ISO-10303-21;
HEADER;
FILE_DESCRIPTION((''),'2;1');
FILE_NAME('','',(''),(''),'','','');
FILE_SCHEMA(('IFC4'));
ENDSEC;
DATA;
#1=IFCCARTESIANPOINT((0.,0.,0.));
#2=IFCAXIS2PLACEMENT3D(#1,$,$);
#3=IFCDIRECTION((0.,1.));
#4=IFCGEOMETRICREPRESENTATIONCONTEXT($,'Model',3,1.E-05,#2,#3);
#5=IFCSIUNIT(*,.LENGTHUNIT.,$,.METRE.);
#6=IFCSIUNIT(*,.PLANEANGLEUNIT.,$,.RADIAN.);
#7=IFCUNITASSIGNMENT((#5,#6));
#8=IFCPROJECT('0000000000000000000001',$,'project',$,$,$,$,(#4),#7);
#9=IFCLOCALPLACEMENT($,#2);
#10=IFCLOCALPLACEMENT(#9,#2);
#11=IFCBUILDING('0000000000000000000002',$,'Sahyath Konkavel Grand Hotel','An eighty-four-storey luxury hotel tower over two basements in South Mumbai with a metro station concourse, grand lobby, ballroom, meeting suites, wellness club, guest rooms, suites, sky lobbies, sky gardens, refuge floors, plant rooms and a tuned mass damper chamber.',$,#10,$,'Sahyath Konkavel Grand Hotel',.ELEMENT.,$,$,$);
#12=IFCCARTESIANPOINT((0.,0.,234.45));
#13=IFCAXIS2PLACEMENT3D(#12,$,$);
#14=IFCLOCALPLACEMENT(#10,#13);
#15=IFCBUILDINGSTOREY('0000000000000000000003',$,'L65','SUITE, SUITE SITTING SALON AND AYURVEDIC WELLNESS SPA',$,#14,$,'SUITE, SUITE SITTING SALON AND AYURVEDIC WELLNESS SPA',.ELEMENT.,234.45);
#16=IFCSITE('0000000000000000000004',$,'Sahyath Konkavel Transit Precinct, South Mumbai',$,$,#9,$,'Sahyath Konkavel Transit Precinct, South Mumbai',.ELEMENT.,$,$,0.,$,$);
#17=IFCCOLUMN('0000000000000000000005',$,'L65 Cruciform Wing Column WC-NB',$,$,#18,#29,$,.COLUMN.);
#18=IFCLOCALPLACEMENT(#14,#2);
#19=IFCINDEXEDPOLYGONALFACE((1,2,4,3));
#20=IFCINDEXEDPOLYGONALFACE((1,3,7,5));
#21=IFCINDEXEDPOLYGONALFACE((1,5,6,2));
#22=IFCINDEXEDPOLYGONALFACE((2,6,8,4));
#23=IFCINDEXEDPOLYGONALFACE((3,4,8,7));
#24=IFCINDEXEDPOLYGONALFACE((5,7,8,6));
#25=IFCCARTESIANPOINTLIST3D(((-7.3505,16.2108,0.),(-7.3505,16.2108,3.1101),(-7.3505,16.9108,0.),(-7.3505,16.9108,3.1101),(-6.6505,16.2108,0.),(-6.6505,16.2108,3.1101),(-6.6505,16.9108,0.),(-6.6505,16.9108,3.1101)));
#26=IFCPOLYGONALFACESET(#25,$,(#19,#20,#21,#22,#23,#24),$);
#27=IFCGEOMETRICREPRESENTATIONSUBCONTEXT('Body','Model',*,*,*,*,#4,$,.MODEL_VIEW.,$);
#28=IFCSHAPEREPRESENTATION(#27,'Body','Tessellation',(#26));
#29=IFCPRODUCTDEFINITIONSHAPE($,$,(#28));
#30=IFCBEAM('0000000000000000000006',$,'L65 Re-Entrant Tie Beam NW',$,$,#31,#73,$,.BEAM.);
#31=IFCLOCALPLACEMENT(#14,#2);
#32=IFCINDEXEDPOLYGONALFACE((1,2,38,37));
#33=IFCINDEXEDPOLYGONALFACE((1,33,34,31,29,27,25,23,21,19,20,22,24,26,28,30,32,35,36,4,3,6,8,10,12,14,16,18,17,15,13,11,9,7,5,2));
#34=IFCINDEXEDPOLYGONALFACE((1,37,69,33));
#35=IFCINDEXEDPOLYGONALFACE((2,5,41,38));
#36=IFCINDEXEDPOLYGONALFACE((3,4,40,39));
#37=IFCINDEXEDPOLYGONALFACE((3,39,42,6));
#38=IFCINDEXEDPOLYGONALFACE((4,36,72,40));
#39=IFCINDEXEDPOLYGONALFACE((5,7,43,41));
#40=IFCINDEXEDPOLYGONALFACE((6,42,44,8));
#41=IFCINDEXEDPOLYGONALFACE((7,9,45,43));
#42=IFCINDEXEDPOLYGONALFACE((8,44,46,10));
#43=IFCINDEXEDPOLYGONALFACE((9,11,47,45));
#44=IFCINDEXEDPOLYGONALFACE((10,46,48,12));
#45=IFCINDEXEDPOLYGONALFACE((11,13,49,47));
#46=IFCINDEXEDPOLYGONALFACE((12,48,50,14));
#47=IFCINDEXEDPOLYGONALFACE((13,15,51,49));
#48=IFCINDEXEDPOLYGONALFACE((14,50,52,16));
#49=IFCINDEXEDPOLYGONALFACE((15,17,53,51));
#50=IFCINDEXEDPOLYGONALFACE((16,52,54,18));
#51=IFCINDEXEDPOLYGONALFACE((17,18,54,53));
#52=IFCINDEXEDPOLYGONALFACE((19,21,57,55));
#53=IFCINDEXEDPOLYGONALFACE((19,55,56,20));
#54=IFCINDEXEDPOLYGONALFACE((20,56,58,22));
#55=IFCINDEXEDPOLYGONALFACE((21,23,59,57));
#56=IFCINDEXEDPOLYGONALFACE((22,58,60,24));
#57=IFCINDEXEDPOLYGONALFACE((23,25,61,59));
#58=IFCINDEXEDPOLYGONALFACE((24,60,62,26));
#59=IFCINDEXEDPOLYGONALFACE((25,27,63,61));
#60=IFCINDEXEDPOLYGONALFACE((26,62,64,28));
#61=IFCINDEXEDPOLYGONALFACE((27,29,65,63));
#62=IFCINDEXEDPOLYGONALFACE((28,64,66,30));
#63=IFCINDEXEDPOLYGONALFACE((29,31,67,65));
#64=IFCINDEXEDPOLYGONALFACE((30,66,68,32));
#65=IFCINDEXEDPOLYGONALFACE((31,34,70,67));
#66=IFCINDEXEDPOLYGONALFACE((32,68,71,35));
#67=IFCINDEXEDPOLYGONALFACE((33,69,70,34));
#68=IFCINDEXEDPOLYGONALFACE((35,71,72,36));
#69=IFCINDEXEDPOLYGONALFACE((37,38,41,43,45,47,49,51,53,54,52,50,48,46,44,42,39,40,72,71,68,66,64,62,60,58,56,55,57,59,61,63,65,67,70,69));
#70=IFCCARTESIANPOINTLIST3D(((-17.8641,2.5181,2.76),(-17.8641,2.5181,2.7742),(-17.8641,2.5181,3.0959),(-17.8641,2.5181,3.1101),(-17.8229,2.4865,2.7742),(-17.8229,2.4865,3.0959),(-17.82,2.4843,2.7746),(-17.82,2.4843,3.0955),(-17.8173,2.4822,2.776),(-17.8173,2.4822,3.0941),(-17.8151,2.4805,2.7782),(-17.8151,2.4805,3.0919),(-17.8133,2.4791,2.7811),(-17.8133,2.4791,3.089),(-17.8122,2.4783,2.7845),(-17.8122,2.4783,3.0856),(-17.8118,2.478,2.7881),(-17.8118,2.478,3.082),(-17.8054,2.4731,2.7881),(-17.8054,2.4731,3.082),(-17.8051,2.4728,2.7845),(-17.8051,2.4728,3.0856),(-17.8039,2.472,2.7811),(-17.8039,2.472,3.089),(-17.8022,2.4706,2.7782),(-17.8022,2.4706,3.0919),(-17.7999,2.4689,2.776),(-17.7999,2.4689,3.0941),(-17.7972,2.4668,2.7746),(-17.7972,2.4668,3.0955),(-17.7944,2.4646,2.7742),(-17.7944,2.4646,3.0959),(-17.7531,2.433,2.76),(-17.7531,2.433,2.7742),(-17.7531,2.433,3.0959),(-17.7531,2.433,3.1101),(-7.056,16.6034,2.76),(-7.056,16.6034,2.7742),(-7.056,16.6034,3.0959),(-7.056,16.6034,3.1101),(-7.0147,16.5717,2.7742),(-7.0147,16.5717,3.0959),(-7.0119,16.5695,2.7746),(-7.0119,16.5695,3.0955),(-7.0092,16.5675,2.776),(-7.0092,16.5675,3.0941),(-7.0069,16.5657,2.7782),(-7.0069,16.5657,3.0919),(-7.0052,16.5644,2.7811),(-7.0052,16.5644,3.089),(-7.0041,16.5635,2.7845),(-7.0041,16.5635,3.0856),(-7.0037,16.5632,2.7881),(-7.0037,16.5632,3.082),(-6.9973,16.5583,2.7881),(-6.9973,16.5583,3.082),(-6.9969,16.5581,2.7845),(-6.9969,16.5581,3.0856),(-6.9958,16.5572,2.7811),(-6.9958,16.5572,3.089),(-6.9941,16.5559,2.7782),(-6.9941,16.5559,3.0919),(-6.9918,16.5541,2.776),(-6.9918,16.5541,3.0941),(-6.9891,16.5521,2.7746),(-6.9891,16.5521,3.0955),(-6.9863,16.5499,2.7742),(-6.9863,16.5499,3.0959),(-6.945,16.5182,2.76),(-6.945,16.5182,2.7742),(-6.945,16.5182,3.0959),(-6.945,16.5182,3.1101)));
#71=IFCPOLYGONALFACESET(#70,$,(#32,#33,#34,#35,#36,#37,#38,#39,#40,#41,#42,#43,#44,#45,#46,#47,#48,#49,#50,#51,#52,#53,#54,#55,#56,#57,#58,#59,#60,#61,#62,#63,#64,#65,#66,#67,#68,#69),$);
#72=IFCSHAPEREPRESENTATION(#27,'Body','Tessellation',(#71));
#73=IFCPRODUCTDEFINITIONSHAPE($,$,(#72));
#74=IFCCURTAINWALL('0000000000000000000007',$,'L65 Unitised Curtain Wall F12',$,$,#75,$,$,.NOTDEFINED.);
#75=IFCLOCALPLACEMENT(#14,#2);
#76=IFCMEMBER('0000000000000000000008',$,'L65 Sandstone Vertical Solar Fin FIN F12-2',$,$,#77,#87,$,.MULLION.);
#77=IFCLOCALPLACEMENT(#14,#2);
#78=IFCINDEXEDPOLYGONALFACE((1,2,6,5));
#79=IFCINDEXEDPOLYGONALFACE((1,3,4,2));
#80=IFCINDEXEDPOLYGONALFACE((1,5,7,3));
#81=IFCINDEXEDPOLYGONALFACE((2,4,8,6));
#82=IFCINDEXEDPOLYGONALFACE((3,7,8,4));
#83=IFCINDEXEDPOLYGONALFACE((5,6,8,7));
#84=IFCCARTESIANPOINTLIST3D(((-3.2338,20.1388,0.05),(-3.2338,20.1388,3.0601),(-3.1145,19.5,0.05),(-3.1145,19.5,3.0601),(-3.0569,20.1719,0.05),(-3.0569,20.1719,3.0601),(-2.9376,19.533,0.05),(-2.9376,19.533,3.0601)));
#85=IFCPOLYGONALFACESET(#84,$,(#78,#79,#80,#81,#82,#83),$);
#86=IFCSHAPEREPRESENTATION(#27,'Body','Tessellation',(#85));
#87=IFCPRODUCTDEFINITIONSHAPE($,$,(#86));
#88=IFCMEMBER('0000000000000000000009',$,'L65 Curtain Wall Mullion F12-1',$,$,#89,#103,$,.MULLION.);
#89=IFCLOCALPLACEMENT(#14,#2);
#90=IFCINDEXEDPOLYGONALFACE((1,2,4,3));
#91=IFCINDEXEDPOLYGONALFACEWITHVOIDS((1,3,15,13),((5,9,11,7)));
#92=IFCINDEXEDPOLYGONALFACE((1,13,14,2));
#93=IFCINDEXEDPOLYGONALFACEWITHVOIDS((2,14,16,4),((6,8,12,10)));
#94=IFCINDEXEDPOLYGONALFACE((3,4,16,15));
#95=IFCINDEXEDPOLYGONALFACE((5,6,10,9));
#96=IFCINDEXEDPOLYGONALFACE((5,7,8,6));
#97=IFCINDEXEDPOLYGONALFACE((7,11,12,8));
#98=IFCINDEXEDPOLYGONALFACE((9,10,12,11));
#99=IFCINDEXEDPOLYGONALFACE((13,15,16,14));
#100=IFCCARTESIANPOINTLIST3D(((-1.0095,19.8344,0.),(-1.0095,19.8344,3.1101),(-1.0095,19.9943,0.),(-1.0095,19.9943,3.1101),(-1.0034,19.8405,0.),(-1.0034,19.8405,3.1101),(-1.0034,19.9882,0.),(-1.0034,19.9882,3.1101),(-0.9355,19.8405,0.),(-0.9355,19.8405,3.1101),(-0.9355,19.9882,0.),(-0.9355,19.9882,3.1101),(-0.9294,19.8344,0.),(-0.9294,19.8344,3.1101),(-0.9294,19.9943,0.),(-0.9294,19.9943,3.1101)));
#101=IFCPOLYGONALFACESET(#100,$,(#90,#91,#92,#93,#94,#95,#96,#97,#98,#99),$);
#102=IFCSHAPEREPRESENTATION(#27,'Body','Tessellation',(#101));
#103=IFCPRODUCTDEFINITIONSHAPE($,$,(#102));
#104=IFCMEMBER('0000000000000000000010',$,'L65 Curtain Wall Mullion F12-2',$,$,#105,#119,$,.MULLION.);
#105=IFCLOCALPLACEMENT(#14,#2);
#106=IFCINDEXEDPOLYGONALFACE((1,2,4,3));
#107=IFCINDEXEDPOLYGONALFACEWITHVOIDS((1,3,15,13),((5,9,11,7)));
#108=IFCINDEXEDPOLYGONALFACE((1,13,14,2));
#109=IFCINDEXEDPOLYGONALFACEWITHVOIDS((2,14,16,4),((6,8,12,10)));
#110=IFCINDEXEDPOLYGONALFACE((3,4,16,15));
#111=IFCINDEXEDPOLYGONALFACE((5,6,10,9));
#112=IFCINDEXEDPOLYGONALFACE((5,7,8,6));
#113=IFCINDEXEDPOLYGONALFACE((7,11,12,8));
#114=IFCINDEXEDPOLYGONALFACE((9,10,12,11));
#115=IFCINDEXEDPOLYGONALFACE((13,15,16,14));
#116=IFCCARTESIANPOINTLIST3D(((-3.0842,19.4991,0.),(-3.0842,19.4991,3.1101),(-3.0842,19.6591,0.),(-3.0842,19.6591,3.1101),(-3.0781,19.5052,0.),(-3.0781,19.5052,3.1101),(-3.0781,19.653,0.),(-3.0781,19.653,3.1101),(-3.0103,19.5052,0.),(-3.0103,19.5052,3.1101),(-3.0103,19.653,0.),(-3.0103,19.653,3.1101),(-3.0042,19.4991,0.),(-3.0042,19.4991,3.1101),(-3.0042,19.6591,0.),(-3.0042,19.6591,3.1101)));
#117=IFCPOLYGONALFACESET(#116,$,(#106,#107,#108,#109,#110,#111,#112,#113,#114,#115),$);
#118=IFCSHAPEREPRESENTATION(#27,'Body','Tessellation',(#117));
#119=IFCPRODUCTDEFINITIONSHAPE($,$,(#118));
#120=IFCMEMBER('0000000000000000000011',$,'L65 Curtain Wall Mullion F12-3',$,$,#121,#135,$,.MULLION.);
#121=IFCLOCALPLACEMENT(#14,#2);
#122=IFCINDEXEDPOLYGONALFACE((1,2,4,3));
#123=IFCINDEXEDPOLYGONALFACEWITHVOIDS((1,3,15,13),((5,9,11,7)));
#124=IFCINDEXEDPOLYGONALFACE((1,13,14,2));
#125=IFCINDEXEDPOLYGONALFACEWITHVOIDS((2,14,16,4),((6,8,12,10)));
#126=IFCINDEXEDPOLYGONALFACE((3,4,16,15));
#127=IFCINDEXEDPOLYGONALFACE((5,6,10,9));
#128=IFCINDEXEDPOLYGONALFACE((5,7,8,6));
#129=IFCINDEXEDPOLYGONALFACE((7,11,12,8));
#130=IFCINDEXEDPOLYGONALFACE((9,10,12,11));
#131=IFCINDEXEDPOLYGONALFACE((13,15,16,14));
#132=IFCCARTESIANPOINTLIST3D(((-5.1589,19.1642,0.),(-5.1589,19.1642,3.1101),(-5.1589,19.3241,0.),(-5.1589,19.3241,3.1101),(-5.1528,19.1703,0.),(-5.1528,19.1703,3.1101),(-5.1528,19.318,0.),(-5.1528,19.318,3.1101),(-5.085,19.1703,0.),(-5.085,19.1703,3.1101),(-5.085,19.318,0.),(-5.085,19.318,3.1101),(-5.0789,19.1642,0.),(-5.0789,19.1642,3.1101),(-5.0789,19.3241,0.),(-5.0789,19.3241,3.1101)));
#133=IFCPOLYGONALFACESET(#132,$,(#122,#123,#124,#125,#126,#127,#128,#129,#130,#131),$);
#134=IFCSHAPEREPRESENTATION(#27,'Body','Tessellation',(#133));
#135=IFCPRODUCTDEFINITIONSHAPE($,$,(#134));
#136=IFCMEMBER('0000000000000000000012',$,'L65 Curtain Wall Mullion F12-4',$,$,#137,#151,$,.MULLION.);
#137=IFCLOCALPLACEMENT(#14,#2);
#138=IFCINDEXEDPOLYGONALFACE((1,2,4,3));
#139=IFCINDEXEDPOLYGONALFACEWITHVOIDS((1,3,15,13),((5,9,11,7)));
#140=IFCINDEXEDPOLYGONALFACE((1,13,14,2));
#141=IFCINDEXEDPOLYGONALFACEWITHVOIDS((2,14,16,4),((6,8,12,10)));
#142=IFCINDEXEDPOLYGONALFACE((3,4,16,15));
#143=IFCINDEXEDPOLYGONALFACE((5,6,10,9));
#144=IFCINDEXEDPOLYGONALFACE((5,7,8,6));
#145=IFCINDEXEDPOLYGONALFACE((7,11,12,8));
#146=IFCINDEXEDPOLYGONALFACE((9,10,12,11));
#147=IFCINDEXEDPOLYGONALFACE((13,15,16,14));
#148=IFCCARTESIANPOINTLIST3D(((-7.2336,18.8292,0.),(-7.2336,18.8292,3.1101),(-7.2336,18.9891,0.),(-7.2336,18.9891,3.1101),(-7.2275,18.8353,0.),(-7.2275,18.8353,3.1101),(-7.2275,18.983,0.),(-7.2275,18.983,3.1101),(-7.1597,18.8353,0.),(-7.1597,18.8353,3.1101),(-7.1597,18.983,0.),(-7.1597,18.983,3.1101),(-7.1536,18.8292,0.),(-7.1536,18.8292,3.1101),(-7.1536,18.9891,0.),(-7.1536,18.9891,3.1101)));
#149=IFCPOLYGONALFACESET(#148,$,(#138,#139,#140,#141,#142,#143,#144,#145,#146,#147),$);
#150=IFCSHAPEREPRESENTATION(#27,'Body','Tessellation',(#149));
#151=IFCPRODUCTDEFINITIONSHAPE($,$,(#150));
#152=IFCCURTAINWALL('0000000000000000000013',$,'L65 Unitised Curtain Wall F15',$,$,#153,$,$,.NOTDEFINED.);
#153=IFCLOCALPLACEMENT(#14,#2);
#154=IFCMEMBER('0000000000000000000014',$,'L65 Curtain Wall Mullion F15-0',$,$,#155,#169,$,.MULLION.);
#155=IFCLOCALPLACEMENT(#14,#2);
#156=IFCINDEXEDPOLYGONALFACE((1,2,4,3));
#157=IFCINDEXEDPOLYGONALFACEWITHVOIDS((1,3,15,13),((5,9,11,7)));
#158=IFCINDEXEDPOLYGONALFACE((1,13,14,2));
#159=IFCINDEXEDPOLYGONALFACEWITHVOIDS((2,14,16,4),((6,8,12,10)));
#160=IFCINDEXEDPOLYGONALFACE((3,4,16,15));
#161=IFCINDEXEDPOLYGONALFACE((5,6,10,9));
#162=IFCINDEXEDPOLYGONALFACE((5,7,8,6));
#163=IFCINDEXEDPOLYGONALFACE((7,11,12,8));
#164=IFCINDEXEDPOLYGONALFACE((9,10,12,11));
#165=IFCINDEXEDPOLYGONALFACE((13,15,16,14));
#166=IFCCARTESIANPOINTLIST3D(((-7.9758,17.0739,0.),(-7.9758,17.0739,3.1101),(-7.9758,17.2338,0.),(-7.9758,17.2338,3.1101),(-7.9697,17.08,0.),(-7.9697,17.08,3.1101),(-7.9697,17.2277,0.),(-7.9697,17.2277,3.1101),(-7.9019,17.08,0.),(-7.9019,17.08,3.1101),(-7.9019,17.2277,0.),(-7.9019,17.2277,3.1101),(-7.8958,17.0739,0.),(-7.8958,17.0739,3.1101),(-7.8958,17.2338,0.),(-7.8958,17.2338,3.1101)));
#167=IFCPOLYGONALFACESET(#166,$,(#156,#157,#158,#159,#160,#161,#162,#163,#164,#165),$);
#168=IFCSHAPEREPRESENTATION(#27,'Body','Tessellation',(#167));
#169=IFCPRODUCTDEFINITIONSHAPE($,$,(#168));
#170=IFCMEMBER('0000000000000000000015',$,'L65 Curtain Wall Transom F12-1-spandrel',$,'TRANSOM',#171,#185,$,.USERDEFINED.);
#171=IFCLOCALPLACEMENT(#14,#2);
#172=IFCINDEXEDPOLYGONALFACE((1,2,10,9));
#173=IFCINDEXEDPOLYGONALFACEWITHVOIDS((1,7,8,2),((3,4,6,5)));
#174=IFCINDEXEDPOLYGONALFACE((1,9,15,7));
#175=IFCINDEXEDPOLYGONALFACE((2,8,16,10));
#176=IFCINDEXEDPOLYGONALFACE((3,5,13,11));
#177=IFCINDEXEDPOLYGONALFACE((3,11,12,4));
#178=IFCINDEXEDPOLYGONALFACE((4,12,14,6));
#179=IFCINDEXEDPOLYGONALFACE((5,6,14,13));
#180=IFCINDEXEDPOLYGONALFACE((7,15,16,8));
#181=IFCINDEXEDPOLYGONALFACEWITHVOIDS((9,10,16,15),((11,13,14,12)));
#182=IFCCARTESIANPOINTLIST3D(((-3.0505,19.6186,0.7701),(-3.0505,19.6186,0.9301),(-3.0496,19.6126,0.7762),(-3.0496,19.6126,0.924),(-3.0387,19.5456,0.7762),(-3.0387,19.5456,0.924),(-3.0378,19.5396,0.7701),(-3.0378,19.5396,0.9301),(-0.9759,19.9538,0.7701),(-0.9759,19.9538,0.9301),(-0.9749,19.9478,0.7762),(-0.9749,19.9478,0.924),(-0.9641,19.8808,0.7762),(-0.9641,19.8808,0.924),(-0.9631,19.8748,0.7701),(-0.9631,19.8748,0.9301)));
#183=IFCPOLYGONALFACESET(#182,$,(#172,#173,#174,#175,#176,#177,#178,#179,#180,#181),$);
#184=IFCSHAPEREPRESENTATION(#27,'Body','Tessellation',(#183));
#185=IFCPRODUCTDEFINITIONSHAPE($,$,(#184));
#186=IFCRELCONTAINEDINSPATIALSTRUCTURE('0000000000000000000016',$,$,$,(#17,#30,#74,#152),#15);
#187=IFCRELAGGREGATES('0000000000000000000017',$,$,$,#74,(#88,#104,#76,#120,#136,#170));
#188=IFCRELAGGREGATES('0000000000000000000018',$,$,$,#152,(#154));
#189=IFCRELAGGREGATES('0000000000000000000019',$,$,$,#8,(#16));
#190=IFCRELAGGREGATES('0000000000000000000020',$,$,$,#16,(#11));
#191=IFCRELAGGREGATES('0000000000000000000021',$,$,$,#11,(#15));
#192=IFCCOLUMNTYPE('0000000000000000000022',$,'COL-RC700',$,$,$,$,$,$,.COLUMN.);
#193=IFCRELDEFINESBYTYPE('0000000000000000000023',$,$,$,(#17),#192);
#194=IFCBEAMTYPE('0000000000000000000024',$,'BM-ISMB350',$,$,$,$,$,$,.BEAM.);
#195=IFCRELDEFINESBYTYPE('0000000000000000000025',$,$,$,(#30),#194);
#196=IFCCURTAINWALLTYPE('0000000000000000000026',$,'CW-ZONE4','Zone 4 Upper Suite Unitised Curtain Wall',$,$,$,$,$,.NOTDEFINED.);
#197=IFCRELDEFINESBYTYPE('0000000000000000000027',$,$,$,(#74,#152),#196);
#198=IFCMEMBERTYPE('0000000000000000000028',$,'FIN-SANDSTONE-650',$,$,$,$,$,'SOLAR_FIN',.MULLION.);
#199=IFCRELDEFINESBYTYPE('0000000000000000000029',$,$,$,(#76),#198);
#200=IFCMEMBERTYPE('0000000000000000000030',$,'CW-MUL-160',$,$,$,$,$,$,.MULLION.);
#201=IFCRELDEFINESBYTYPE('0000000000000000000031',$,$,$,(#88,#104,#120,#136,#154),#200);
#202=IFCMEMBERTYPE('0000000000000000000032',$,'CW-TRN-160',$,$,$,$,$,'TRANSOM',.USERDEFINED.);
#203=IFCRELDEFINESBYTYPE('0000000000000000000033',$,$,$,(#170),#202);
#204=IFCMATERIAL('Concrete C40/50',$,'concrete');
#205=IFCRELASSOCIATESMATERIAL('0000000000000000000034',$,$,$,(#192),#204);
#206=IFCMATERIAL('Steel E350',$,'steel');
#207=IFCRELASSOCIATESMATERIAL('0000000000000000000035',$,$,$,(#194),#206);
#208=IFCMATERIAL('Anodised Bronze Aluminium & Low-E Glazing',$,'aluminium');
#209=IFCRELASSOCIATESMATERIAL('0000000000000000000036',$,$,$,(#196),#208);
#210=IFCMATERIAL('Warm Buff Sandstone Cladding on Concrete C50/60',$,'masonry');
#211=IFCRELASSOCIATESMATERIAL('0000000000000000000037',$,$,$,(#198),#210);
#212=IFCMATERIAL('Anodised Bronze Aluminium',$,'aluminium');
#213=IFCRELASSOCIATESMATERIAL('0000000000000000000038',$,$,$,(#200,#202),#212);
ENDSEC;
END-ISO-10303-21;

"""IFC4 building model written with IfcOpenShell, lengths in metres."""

from ifc_helpers import new_model, si_unit, direction, frame, origin, origin_2d, place, context, subcontext, project, spatial, rectangle, hollow_rectangle, i_section, extrude, source, transform, mapped, material, material_profile, profile_set, type_object, element, aggregate, save


model = new_model("IFC4")

# Units and contexts
model_context = context("Model", 3, precision=1e-05, world=origin(), true_north=direction((0.0, 1.0)))
body_context = subcontext(model_context, "Body", "Model", "MODEL_VIEW")
ifc_project = project(units=[si_unit("LENGTHUNIT", "METRE"), si_unit("PLANEANGLEUNIT", "RADIAN")], contexts=[model_context])

# Site, building, storey
site_placement = place(None, origin())
site = spatial("IfcSite", under=ifc_project, at=site_placement, Name="Sahyath Konkavel Transit Precinct, South Mumbai", LongName="Sahyath Konkavel Transit Precinct, South Mumbai", CompositionType="ELEMENT", RefElevation=0.0)
building_placement = place(site_placement, origin())
building = spatial("IfcBuilding", under=site, at=building_placement, Name="Sahyath Konkavel Grand Hotel", Description="An eighty-four-storey luxury hotel tower over two basements in South Mumbai with a metro station concourse, grand lobby, ballroom, meeting suites, wellness club, guest rooms, suites, sky lobbies, sky gardens, refuge floors, plant rooms and a tuned mass damper chamber.", LongName="Sahyath Konkavel Grand Hotel", CompositionType="ELEMENT")
storey_placement = place(building_placement, frame((0.0, 0.0, 234.45)))
storey = spatial("IfcBuildingStorey", under=building, at=storey_placement, Name="L65", Description="SUITE, SUITE SITTING SALON AND AYURVEDIC WELLNESS SPA", LongName="SUITE, SUITE SITTING SALON AND AYURVEDIC WELLNESS SPA", CompositionType="ELEMENT", Elevation=234.45)

# Column
ifc_material_1 = material(Name="Concrete C40/50", Category="concrete")
ifc_material_profile_1 = material_profile(ifc_material_1, rectangle(XDim=0.7, YDim=0.7, at=origin_2d()), Name="RC 700x700")
ifc_profile_set_1 = profile_set([ifc_material_profile_1], Name="Concrete C40/50")
column_type = type_object("IfcColumnType", Name="COL-RC700", PredefinedType="COLUMN", material=ifc_profile_set_1)
shared_shape_1 = source(origin(), body_context, "Body", "SweptSolid", [
    extrude(rectangle(XDim=0.7, YDim=0.7, at=origin_2d()), origin(), (0.0, 0.0, 1.0), 3.1101),
])
column_placement = place(storey_placement, frame((-7.0005, 16.5608, 0.0), z_axis=(0.0, 0.0, 1.0), x_axis=(1.0, 0.0, 0.0)))
element("IfcColumn", 1, at=column_placement, inside=storey, type_object=column_type, Name="L65 Cruciform Wing Column WC-NB", PredefinedType="COLUMN", context=body_context, shape_type="MappedRepresentation", body=[
    mapped(shared_shape_1, transform((0.0, 0.0, 0.0), scale=1.0)),
])

# Beam
ifc_material_2 = material(Name="Steel E350", Category="steel")
ifc_material_profile_2 = material_profile(ifc_material_2, i_section(OverallWidth=0.1399, OverallDepth=0.3501, WebThickness=0.0081, FlangeThickness=0.0142, FilletRadius=0.0139, at=origin_2d()), Name="ISMB 350")
ifc_profile_set_2 = profile_set([ifc_material_profile_2], Name="Steel E350")
beam_type = type_object("IfcBeamType", Name="BM-ISMB350", PredefinedType="BEAM", material=ifc_profile_set_2)
shared_shape_2 = source(origin(), body_context, "Body", "SweptSolid", [
    extrude(i_section(OverallWidth=0.1399, OverallDepth=0.3501, WebThickness=0.0081, FlangeThickness=0.0142, FilletRadius=0.0139, at=origin_2d()), origin(), (0.0, 0.0, 1.0), 17.7542),
])
beam_placement = place(storey_placement, frame((-7.0005, 16.5608, 2.9351), z_axis=(-0.608767, -0.793349, 0.0), x_axis=(0.793349, -0.608767, 0.0)))
element("IfcBeam", 2, at=beam_placement, inside=storey, type_object=beam_type, Name="L65 Re-Entrant Tie Beam NW", PredefinedType="BEAM", context=body_context, shape_type="MappedRepresentation", body=[
    mapped(shared_shape_2, transform((0.0, 0.0, 0.0), scale=1.0)),
])

# Curtain wall, members
ifc_material_3 = material(Name="Anodised Bronze Aluminium & Low-E Glazing", Category="aluminium")
curtain_wall_type = type_object("IfcCurtainWallType", Name="CW-ZONE4", Description="Zone 4 Upper Suite Unitised Curtain Wall", PredefinedType="NOTDEFINED", material=ifc_material_3)
curtain_wall_1_placement = place(storey_placement, origin())
curtain_wall_1 = element("IfcCurtainWall", 3, at=curtain_wall_1_placement, inside=storey, type_object=curtain_wall_type, Name="L65 Unitised Curtain Wall F12", PredefinedType="NOTDEFINED")
ifc_material_4 = material(Name="Warm Buff Sandstone Cladding on Concrete C50/60", Category="masonry")
ifc_material_profile_3 = material_profile(ifc_material_4, rectangle(XDim=0.1799, YDim=0.6499, at=origin_2d()), Name="FIN 180x650")
ifc_profile_set_3 = profile_set([ifc_material_profile_3], Name="Warm Buff Sandstone Cladding on Concrete C50/60")
member_type_1 = type_object("IfcMemberType", Name="FIN-SANDSTONE-650", ElementType="SOLAR_FIN", PredefinedType="MULLION", material=ifc_profile_set_3)
shared_shape_3 = source(origin(), body_context, "Body", "SweptSolid", [
    extrude(rectangle(XDim=0.1799, YDim=0.6499, at=origin_2d()), origin(), (0.0, 0.0, 1.0), 3.01),
])
member_1_placement = place(storey_placement, frame((-3.0857, 19.8359, 0.05), z_axis=(0.0, 0.0, 1.0), x_axis=(0.983, 0.183608, 0.0)))
member_1 = element("IfcMember", 4, at=member_1_placement, type_object=member_type_1, Name="L65 Sandstone Vertical Solar Fin FIN F12-2", PredefinedType="MULLION", context=body_context, shape_type="MappedRepresentation", body=[
    mapped(shared_shape_3, transform((0.0, 0.0, 0.0), scale=1.0)),
])
ifc_material_5 = material(Name="Anodised Bronze Aluminium", Category="aluminium")
ifc_material_profile_4 = material_profile(ifc_material_5, hollow_rectangle(XDim=0.0801, YDim=0.1599, WallThickness=0.0061, at=origin_2d()), Name="RHS 160x80x6")
ifc_profile_set_4 = profile_set([ifc_material_profile_4], Name="Anodised Bronze Aluminium")
member_type_2 = type_object("IfcMemberType", Name="CW-MUL-160", PredefinedType="MULLION", material=ifc_profile_set_4)
shared_shape_4 = source(origin(), body_context, "Body", "SweptSolid", [
    extrude(hollow_rectangle(XDim=0.0801, YDim=0.1599, WallThickness=0.0061, at=origin_2d()), origin(), (0.0, 0.0, 1.0), 3.1101),
])
member_2_placement = place(storey_placement, frame((-0.9695, 19.9143, 0.0), z_axis=(0.0, 0.0, 1.0), x_axis=(1.0, 0.0, 0.0)))
member_2 = element("IfcMember", 5, at=member_2_placement, type_object=member_type_2, Name="L65 Curtain Wall Mullion F12-1", PredefinedType="MULLION", context=body_context, shape_type="MappedRepresentation", body=[
    mapped(shared_shape_4, transform((0.0, 0.0, 0.0), scale=1.0)),
])
member_3_placement = place(storey_placement, frame((-3.0442, 19.5791, 0.0), z_axis=(0.0, 0.0, 1.0), x_axis=(1.0, 0.0, 0.0)))
member_3 = element("IfcMember", 6, at=member_3_placement, type_object=member_type_2, Name="L65 Curtain Wall Mullion F12-2", PredefinedType="MULLION", context=body_context, shape_type="MappedRepresentation", body=[
    mapped(shared_shape_4, transform((0.0, 0.0, 0.0), scale=1.0)),
])
member_4_placement = place(storey_placement, frame((-5.1189, 19.2441, 0.0), z_axis=(0.0, 0.0, 1.0), x_axis=(1.0, 0.0, 0.0)))
member_4 = element("IfcMember", 7, at=member_4_placement, type_object=member_type_2, Name="L65 Curtain Wall Mullion F12-3", PredefinedType="MULLION", context=body_context, shape_type="MappedRepresentation", body=[
    mapped(shared_shape_4, transform((0.0, 0.0, 0.0), scale=1.0)),
])
member_5_placement = place(storey_placement, frame((-7.1936, 18.9092, 0.0), z_axis=(0.0, 0.0, 1.0), x_axis=(1.0, 0.0, 0.0)))
member_5 = element("IfcMember", 8, at=member_5_placement, type_object=member_type_2, Name="L65 Curtain Wall Mullion F12-4", PredefinedType="MULLION", context=body_context, shape_type="MappedRepresentation", body=[
    mapped(shared_shape_4, transform((0.0, 0.0, 0.0), scale=1.0)),
])

# Curtain wall, member
curtain_wall_2_placement = place(storey_placement, origin())
curtain_wall_2 = element("IfcCurtainWall", 9, at=curtain_wall_2_placement, inside=storey, type_object=curtain_wall_type, Name="L65 Unitised Curtain Wall F15", PredefinedType="NOTDEFINED")
member_6_placement = place(storey_placement, frame((-7.9358, 17.1538, 0.0), z_axis=(0.0, 0.0, 1.0), x_axis=(1.0, 0.0, 0.0)))
member_6 = element("IfcMember", 10, at=member_6_placement, type_object=member_type_2, Name="L65 Curtain Wall Mullion F15-0", PredefinedType="MULLION", context=body_context, shape_type="MappedRepresentation", body=[
    mapped(shared_shape_4, transform((0.0, 0.0, 0.0), scale=1.0)),
])

# Member
ifc_material_profile_5 = material_profile(ifc_material_5, hollow_rectangle(XDim=0.0801, YDim=0.1599, WallThickness=0.0061, at=origin_2d()), Name="RHS 160x80x6")
ifc_profile_set_5 = profile_set([ifc_material_profile_5], Name="Anodised Bronze Aluminium")
member_type_3 = type_object("IfcMemberType", Name="CW-TRN-160", ElementType="TRANSOM", PredefinedType="USERDEFINED", material=ifc_profile_set_5)
shared_shape_5 = source(origin(), body_context, "Body", "SweptSolid", [
    extrude(hollow_rectangle(XDim=0.0801, YDim=0.1599, WallThickness=0.0061, at=origin_2d()), origin(), (0.0, 0.0, 1.0), 2.1016),
])
member_7_placement = place(storey_placement, frame((-0.9695, 19.9143, 0.8501), z_axis=(-0.987198, -0.159499, 0.0), x_axis=(0.159499, -0.987198, 0.0)))
member_7 = element("IfcMember", 11, at=member_7_placement, type_object=member_type_3, Name="L65 Curtain Wall Transom F12-1-spandrel", ObjectType="TRANSOM", PredefinedType="USERDEFINED", context=body_context, shape_type="MappedRepresentation", body=[
    mapped(shared_shape_5, transform((0.0, 0.0, 0.0), scale=1.0)),
])

aggregate(curtain_wall_1, [member_2, member_3, member_1, member_4, member_5, member_7])
aggregate(curtain_wall_2, [member_6])

save(model, "model.ifc")
